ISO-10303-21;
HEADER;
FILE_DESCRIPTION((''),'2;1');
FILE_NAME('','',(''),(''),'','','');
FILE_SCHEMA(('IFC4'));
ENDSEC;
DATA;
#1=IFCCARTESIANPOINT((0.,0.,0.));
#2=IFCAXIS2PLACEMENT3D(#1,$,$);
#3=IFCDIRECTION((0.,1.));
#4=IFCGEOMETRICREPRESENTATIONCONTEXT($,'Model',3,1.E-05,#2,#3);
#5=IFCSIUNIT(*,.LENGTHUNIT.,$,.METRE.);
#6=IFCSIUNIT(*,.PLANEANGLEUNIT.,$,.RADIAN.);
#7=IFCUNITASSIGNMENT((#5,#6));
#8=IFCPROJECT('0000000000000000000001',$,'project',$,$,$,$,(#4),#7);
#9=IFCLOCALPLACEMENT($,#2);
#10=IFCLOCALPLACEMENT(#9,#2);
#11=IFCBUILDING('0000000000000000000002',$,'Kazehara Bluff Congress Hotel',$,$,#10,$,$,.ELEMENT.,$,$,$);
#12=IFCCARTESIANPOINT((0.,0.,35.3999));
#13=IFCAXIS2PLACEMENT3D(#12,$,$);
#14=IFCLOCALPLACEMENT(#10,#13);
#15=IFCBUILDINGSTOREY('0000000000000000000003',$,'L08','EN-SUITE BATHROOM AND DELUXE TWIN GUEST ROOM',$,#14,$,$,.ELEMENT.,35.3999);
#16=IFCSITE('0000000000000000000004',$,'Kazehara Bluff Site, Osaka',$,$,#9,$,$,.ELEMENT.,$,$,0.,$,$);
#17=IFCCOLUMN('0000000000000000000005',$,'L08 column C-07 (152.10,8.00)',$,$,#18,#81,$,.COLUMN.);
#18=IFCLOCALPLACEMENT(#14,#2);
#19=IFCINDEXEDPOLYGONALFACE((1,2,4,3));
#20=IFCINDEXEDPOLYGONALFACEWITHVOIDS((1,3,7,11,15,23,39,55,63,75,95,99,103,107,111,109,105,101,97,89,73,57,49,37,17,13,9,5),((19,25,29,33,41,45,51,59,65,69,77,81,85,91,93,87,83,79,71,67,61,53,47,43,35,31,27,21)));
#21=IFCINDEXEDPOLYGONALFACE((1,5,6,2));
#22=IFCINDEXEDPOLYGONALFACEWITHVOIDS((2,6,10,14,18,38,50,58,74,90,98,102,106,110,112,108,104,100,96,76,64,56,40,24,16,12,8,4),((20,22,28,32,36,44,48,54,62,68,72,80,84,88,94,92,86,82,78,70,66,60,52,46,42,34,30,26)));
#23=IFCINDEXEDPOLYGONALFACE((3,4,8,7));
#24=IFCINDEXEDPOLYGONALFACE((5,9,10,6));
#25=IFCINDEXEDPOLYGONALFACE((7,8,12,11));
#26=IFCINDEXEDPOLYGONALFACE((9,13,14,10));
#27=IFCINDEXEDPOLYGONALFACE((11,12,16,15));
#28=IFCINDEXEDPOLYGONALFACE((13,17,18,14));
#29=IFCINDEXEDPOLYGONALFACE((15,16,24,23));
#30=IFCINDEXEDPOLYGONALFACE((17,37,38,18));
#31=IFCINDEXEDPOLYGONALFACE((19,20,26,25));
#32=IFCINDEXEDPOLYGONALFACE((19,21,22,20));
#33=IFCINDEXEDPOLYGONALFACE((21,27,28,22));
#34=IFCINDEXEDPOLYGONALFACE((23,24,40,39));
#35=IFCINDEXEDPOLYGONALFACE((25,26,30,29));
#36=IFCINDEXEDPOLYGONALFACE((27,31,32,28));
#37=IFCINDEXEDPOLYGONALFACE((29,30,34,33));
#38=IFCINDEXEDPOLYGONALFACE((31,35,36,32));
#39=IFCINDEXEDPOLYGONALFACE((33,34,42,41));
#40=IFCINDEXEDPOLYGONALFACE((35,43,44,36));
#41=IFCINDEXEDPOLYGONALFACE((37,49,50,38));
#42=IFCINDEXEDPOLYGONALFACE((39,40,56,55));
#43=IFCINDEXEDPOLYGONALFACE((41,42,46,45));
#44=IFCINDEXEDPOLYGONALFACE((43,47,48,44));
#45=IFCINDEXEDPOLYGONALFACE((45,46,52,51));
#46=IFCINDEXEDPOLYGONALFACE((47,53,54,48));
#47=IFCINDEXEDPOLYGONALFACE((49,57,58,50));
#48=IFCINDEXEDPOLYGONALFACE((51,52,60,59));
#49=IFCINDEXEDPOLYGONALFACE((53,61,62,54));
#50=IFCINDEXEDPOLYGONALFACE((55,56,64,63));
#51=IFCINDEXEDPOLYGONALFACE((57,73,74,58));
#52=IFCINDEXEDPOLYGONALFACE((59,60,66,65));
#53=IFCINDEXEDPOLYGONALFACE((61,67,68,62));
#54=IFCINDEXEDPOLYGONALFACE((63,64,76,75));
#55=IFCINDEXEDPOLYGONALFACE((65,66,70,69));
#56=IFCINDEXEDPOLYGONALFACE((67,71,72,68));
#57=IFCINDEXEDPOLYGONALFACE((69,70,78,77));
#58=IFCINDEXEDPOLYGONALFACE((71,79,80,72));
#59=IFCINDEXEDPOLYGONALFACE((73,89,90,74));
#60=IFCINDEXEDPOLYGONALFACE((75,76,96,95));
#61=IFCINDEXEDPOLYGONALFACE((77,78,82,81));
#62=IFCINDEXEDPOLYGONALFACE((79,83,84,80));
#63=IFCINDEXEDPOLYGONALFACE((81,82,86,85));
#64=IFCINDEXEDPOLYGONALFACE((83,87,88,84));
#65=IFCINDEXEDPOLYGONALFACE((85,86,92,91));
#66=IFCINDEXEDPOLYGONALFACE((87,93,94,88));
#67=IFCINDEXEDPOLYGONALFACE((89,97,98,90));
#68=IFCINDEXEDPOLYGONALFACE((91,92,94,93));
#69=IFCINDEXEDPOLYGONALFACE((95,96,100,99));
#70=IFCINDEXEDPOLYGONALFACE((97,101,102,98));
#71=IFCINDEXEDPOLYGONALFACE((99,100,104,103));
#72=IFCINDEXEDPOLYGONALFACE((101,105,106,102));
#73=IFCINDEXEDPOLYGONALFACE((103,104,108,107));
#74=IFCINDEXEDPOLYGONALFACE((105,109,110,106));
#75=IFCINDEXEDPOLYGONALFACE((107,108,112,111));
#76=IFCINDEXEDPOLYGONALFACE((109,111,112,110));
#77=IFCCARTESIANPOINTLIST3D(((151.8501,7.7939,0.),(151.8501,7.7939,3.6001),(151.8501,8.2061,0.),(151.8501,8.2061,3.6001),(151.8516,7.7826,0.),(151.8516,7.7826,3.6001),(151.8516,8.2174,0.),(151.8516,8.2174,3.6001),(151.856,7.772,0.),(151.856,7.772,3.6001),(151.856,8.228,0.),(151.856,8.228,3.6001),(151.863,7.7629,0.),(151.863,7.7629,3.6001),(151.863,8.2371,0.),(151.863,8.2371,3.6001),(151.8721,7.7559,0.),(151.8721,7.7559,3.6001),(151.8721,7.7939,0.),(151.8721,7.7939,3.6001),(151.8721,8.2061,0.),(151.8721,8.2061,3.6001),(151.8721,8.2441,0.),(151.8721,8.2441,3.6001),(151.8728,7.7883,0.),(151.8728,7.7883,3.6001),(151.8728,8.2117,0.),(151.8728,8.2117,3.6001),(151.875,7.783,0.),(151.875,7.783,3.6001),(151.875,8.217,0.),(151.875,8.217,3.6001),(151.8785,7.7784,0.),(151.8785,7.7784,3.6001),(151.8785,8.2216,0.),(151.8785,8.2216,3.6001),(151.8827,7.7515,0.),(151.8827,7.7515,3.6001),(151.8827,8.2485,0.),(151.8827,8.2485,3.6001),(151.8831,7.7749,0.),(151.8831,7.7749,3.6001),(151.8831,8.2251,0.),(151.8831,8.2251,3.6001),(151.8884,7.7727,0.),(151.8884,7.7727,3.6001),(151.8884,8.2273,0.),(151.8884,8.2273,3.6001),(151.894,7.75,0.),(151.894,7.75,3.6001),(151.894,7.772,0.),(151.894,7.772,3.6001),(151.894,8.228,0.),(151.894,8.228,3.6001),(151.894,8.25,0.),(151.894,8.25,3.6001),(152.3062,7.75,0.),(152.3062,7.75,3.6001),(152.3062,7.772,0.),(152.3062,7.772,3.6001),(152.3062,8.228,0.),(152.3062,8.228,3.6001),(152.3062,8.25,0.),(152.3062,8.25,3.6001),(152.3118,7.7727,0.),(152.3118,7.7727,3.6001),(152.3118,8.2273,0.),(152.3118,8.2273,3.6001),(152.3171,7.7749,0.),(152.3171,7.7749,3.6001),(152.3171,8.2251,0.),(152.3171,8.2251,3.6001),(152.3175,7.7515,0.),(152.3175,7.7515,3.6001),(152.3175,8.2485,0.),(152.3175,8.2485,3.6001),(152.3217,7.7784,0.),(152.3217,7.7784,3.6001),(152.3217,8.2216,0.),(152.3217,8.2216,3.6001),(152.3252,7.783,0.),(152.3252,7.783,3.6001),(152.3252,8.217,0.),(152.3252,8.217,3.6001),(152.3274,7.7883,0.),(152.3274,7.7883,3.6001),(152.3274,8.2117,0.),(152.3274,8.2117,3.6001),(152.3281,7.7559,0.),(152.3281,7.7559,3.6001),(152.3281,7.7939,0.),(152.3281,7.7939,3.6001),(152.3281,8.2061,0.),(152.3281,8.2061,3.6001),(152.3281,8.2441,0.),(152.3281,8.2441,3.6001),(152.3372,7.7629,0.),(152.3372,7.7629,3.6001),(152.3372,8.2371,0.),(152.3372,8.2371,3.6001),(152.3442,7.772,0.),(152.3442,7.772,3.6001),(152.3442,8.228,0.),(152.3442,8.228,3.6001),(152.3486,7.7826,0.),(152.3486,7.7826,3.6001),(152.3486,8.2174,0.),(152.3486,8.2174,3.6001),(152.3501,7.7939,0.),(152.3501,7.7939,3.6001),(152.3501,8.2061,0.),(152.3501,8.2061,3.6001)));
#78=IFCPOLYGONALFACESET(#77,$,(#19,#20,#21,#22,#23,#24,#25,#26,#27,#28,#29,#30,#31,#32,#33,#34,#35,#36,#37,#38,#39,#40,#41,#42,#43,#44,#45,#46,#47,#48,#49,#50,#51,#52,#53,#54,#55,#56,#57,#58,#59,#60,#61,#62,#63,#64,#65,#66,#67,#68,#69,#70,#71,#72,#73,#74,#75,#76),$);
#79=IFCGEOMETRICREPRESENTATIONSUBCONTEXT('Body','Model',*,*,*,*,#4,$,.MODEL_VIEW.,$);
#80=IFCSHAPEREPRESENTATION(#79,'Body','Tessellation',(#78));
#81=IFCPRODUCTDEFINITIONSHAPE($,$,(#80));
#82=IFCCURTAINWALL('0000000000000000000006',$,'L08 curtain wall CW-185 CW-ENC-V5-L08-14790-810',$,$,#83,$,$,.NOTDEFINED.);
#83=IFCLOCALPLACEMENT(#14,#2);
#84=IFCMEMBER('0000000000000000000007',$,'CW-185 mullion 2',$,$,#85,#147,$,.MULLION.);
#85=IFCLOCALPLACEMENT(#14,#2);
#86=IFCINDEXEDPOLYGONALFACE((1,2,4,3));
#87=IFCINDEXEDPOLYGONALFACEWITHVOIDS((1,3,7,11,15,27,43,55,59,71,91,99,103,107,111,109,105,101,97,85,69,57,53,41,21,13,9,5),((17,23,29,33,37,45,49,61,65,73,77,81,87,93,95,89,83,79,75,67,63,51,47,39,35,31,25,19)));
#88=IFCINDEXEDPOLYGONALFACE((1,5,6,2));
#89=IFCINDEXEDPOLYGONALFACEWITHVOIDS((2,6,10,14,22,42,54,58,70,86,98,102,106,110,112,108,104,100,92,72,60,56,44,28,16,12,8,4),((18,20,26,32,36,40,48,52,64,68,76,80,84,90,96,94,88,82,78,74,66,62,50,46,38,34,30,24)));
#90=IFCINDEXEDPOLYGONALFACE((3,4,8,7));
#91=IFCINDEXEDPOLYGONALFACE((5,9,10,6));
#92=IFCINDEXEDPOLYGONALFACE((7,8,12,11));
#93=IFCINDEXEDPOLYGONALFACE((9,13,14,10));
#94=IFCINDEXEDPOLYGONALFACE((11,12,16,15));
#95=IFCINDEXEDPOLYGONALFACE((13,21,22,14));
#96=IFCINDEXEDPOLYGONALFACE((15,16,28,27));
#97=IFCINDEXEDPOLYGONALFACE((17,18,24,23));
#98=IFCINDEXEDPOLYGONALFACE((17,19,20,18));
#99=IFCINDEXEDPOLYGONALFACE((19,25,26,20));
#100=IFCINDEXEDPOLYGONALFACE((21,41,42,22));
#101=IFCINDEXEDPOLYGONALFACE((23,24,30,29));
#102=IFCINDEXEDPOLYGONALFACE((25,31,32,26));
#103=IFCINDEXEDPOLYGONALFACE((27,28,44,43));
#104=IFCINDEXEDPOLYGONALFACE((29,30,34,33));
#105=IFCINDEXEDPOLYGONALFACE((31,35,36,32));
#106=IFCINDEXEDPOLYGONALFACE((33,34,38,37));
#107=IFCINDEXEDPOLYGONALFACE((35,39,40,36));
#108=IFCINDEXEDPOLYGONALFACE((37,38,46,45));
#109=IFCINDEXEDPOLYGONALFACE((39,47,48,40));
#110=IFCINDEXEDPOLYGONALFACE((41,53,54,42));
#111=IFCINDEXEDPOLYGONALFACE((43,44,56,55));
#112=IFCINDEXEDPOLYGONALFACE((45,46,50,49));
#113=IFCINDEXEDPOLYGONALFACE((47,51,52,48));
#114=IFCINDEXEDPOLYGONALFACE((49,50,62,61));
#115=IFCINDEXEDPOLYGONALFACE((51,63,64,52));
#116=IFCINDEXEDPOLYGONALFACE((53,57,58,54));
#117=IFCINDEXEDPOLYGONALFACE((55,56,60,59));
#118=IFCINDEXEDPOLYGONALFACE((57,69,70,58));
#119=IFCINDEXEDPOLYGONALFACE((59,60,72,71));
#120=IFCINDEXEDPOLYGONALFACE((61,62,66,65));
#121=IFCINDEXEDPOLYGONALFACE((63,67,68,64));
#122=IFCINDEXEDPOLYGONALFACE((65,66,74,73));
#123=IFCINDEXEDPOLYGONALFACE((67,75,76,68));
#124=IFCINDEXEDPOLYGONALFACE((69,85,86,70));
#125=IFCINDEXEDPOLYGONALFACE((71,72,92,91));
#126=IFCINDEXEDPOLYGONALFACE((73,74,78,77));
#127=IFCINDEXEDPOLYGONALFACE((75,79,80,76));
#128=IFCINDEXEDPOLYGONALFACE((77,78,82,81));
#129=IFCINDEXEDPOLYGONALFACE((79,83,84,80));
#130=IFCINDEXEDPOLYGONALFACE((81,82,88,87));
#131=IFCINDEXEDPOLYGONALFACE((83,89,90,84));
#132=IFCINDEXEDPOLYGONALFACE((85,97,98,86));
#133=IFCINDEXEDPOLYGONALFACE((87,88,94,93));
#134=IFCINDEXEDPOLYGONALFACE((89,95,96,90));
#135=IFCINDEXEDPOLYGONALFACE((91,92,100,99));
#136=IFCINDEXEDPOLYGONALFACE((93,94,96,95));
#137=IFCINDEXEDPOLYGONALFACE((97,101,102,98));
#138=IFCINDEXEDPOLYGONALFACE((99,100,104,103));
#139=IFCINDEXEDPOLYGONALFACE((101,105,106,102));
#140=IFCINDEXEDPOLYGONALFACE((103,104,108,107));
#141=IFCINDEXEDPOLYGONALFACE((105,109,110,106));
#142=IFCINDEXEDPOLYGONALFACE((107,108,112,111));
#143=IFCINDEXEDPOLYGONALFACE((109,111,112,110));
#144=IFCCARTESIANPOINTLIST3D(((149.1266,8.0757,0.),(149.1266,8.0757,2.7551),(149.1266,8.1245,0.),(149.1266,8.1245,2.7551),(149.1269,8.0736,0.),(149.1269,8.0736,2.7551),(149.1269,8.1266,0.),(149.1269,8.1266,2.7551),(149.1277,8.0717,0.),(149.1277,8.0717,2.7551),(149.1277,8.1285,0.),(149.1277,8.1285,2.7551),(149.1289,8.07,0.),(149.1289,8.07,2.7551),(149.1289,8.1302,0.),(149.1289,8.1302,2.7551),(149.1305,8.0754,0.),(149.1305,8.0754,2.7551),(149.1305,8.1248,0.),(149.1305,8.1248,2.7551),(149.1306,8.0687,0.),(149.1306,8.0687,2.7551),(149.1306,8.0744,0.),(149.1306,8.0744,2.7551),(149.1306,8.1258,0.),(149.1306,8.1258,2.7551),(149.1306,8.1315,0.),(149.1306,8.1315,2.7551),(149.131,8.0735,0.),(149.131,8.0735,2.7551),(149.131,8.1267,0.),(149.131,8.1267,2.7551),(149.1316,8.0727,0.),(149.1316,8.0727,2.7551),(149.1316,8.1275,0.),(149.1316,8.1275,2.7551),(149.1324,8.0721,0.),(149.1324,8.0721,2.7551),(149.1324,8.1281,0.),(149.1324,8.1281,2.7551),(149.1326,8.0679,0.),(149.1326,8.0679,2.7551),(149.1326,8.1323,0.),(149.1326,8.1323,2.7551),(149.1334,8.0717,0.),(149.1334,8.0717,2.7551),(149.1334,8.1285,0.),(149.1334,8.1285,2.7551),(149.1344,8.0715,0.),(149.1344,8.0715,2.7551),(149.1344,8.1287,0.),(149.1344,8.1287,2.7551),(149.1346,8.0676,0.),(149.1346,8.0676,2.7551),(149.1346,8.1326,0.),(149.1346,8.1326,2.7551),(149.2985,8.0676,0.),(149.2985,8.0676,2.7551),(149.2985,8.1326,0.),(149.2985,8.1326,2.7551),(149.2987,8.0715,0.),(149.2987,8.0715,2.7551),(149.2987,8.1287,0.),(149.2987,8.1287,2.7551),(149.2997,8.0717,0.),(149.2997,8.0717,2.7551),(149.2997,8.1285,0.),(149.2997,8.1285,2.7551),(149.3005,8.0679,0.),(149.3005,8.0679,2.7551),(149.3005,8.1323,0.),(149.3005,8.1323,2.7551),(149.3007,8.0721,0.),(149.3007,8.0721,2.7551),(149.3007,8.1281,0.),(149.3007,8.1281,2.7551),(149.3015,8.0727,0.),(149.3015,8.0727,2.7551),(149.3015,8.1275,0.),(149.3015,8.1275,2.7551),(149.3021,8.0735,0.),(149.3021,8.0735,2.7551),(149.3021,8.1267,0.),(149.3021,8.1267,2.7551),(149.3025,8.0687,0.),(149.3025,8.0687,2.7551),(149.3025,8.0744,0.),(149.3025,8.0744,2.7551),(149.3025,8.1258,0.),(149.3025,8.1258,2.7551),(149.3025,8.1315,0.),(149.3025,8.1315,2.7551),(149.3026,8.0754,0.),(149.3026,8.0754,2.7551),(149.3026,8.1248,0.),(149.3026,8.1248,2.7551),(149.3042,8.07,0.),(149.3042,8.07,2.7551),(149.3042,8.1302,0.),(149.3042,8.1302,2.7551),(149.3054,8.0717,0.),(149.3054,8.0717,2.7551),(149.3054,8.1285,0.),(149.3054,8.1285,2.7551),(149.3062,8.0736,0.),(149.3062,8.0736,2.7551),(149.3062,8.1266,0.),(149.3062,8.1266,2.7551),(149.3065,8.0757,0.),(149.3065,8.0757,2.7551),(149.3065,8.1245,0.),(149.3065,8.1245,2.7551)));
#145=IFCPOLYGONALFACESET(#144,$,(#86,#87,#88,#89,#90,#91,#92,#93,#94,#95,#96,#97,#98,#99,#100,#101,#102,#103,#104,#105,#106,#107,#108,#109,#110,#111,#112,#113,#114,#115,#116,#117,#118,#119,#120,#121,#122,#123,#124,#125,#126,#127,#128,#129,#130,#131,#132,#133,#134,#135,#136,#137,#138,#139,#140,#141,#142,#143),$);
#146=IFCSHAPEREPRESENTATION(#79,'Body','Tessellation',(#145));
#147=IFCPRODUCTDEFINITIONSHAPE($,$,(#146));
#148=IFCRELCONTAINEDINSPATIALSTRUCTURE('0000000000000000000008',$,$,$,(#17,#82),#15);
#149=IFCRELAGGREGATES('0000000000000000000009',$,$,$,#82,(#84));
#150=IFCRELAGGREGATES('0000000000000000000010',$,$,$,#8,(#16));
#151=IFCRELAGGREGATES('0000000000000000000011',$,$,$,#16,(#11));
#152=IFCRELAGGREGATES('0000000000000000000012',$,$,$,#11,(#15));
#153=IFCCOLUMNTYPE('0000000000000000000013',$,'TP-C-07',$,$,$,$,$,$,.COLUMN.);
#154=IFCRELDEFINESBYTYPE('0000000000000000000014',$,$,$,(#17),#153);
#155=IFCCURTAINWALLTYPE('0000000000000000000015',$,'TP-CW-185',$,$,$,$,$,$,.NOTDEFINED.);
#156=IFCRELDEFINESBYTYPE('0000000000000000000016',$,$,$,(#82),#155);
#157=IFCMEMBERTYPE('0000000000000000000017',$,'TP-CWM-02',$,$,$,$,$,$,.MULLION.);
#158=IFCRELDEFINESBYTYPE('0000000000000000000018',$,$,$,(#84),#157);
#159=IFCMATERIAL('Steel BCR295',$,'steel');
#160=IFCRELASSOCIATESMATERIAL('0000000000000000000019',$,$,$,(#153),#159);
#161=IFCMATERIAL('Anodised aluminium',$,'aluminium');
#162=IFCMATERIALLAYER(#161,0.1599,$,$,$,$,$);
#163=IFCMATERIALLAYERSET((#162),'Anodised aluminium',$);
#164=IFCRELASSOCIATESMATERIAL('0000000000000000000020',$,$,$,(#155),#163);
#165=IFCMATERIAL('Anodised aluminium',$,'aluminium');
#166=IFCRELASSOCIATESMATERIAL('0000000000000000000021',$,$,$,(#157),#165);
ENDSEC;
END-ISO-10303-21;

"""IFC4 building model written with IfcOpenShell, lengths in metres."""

from ifc_helpers import new_model, si_unit, direction, frame, origin, origin_2d, place, context, subcontext, project, spatial, hollow_rectangle, extrude, material, layer, layer_set, material_profile, profile_set, type_object, element, aggregate, save


model = new_model("IFC4")

# Units and contexts
model_context = context("Model", 3, precision=1e-05, world=origin(), true_north=direction((0.0, 1.0)))
body_context = subcontext(model_context, "Body", "Model", "MODEL_VIEW")
ifc_project = project(units=[si_unit("LENGTHUNIT", "METRE"), si_unit("PLANEANGLEUNIT", "RADIAN")], contexts=[model_context])

# Site, building, storey
site_placement = place(None, origin())
site = spatial("IfcSite", under=ifc_project, at=site_placement, Name="Kazehara Bluff Site, Osaka", CompositionType="ELEMENT", RefElevation=0.0)
building_placement = place(site_placement, origin())
building = spatial("IfcBuilding", under=site, at=building_placement, Name="Kazehara Bluff Congress Hotel", CompositionType="ELEMENT")
storey_placement = place(building_placement, frame((0.0, 0.0, 35.3999)))
storey = spatial("IfcBuildingStorey", under=building, at=storey_placement, Name="L08", Description="EN-SUITE BATHROOM AND DELUXE TWIN GUEST ROOM", CompositionType="ELEMENT", Elevation=35.3999)

# Column
ifc_material_1 = material(Name="Steel BCR295", Category="steel")
ifc_material_profile_1 = material_profile(ifc_material_1, hollow_rectangle(XDim=0.5, YDim=0.5, WallThickness=0.022, InnerFilletRadius=0.022, OuterFilletRadius=0.0439, at=origin_2d()))
ifc_profile_set_1 = profile_set([ifc_material_profile_1], Name="Steel BCR295")
column_type = type_object("IfcColumnType", Name="TP-C-07", PredefinedType="COLUMN", material=ifc_profile_set_1)
column_placement = place(storey_placement, frame((152.1001, 8.0, 0.0), z_axis=(0.0, 0.0, 1.0), x_axis=(1.0, 0.0, 0.0)))
element("IfcColumn", 1, at=column_placement, inside=storey, type_object=column_type, Name="L08 column C-07 (152.10,8.00)", PredefinedType="COLUMN", context=body_context, shape_type="SweptSolid", body=[
    extrude(hollow_rectangle(XDim=0.5, YDim=0.5, WallThickness=0.022, InnerFilletRadius=0.022, OuterFilletRadius=0.0439, at=origin_2d()), origin(), (0.0, 0.0, 1.0), 3.6001),
])

# Curtain wall, member
ifc_material_2 = material(Name="Anodised aluminium", Category="aluminium")
ifc_layer_1 = layer(ifc_material_2, 0.1599)
ifc_layer_set_1 = layer_set([ifc_layer_1], Name="Anodised aluminium")
curtain_wall_type = type_object("IfcCurtainWallType", Name="TP-CW-185", PredefinedType="NOTDEFINED", material=ifc_layer_set_1)
curtain_wall_placement = place(storey_placement, origin())
curtain_wall = element("IfcCurtainWall", 2, at=curtain_wall_placement, inside=storey, type_object=curtain_wall_type, Name="L08 curtain wall CW-185 CW-ENC-V5-L08-14790-810", PredefinedType="NOTDEFINED")
ifc_material_3 = material(Name="Anodised aluminium", Category="aluminium")
ifc_material_profile_2 = material_profile(ifc_material_3, hollow_rectangle(XDim=0.0649, YDim=0.1799, WallThickness=0.0039, InnerFilletRadius=0.0039, OuterFilletRadius=0.0081, at=origin_2d()))
ifc_profile_set_2 = profile_set([ifc_material_profile_2], Name="Anodised aluminium")
member_type_1 = type_object("IfcMemberType", Name="TP-CWM-02", PredefinedType="MULLION", material=ifc_profile_set_2)
member_1_placement = place(storey_placement, frame((149.2166, 8.1001, 0.0), z_axis=(0.0, 0.0, 1.0), x_axis=(0.0, -1.0, 0.0)))
member_1 = element("IfcMember", 3, at=member_1_placement, type_object=member_type_1, Name="CW-185 mullion 2", PredefinedType="MULLION", context=body_context, shape_type="SweptSolid", body=[
    extrude(hollow_rectangle(XDim=0.0649, YDim=0.1799, WallThickness=0.0039, InnerFilletRadius=0.0039, OuterFilletRadius=0.0081, at=origin_2d()), origin(), (0.0, 0.0, 1.0), 2.7551),
])

aggregate(curtain_wall, [member_1])

save(model, "model.ifc")
